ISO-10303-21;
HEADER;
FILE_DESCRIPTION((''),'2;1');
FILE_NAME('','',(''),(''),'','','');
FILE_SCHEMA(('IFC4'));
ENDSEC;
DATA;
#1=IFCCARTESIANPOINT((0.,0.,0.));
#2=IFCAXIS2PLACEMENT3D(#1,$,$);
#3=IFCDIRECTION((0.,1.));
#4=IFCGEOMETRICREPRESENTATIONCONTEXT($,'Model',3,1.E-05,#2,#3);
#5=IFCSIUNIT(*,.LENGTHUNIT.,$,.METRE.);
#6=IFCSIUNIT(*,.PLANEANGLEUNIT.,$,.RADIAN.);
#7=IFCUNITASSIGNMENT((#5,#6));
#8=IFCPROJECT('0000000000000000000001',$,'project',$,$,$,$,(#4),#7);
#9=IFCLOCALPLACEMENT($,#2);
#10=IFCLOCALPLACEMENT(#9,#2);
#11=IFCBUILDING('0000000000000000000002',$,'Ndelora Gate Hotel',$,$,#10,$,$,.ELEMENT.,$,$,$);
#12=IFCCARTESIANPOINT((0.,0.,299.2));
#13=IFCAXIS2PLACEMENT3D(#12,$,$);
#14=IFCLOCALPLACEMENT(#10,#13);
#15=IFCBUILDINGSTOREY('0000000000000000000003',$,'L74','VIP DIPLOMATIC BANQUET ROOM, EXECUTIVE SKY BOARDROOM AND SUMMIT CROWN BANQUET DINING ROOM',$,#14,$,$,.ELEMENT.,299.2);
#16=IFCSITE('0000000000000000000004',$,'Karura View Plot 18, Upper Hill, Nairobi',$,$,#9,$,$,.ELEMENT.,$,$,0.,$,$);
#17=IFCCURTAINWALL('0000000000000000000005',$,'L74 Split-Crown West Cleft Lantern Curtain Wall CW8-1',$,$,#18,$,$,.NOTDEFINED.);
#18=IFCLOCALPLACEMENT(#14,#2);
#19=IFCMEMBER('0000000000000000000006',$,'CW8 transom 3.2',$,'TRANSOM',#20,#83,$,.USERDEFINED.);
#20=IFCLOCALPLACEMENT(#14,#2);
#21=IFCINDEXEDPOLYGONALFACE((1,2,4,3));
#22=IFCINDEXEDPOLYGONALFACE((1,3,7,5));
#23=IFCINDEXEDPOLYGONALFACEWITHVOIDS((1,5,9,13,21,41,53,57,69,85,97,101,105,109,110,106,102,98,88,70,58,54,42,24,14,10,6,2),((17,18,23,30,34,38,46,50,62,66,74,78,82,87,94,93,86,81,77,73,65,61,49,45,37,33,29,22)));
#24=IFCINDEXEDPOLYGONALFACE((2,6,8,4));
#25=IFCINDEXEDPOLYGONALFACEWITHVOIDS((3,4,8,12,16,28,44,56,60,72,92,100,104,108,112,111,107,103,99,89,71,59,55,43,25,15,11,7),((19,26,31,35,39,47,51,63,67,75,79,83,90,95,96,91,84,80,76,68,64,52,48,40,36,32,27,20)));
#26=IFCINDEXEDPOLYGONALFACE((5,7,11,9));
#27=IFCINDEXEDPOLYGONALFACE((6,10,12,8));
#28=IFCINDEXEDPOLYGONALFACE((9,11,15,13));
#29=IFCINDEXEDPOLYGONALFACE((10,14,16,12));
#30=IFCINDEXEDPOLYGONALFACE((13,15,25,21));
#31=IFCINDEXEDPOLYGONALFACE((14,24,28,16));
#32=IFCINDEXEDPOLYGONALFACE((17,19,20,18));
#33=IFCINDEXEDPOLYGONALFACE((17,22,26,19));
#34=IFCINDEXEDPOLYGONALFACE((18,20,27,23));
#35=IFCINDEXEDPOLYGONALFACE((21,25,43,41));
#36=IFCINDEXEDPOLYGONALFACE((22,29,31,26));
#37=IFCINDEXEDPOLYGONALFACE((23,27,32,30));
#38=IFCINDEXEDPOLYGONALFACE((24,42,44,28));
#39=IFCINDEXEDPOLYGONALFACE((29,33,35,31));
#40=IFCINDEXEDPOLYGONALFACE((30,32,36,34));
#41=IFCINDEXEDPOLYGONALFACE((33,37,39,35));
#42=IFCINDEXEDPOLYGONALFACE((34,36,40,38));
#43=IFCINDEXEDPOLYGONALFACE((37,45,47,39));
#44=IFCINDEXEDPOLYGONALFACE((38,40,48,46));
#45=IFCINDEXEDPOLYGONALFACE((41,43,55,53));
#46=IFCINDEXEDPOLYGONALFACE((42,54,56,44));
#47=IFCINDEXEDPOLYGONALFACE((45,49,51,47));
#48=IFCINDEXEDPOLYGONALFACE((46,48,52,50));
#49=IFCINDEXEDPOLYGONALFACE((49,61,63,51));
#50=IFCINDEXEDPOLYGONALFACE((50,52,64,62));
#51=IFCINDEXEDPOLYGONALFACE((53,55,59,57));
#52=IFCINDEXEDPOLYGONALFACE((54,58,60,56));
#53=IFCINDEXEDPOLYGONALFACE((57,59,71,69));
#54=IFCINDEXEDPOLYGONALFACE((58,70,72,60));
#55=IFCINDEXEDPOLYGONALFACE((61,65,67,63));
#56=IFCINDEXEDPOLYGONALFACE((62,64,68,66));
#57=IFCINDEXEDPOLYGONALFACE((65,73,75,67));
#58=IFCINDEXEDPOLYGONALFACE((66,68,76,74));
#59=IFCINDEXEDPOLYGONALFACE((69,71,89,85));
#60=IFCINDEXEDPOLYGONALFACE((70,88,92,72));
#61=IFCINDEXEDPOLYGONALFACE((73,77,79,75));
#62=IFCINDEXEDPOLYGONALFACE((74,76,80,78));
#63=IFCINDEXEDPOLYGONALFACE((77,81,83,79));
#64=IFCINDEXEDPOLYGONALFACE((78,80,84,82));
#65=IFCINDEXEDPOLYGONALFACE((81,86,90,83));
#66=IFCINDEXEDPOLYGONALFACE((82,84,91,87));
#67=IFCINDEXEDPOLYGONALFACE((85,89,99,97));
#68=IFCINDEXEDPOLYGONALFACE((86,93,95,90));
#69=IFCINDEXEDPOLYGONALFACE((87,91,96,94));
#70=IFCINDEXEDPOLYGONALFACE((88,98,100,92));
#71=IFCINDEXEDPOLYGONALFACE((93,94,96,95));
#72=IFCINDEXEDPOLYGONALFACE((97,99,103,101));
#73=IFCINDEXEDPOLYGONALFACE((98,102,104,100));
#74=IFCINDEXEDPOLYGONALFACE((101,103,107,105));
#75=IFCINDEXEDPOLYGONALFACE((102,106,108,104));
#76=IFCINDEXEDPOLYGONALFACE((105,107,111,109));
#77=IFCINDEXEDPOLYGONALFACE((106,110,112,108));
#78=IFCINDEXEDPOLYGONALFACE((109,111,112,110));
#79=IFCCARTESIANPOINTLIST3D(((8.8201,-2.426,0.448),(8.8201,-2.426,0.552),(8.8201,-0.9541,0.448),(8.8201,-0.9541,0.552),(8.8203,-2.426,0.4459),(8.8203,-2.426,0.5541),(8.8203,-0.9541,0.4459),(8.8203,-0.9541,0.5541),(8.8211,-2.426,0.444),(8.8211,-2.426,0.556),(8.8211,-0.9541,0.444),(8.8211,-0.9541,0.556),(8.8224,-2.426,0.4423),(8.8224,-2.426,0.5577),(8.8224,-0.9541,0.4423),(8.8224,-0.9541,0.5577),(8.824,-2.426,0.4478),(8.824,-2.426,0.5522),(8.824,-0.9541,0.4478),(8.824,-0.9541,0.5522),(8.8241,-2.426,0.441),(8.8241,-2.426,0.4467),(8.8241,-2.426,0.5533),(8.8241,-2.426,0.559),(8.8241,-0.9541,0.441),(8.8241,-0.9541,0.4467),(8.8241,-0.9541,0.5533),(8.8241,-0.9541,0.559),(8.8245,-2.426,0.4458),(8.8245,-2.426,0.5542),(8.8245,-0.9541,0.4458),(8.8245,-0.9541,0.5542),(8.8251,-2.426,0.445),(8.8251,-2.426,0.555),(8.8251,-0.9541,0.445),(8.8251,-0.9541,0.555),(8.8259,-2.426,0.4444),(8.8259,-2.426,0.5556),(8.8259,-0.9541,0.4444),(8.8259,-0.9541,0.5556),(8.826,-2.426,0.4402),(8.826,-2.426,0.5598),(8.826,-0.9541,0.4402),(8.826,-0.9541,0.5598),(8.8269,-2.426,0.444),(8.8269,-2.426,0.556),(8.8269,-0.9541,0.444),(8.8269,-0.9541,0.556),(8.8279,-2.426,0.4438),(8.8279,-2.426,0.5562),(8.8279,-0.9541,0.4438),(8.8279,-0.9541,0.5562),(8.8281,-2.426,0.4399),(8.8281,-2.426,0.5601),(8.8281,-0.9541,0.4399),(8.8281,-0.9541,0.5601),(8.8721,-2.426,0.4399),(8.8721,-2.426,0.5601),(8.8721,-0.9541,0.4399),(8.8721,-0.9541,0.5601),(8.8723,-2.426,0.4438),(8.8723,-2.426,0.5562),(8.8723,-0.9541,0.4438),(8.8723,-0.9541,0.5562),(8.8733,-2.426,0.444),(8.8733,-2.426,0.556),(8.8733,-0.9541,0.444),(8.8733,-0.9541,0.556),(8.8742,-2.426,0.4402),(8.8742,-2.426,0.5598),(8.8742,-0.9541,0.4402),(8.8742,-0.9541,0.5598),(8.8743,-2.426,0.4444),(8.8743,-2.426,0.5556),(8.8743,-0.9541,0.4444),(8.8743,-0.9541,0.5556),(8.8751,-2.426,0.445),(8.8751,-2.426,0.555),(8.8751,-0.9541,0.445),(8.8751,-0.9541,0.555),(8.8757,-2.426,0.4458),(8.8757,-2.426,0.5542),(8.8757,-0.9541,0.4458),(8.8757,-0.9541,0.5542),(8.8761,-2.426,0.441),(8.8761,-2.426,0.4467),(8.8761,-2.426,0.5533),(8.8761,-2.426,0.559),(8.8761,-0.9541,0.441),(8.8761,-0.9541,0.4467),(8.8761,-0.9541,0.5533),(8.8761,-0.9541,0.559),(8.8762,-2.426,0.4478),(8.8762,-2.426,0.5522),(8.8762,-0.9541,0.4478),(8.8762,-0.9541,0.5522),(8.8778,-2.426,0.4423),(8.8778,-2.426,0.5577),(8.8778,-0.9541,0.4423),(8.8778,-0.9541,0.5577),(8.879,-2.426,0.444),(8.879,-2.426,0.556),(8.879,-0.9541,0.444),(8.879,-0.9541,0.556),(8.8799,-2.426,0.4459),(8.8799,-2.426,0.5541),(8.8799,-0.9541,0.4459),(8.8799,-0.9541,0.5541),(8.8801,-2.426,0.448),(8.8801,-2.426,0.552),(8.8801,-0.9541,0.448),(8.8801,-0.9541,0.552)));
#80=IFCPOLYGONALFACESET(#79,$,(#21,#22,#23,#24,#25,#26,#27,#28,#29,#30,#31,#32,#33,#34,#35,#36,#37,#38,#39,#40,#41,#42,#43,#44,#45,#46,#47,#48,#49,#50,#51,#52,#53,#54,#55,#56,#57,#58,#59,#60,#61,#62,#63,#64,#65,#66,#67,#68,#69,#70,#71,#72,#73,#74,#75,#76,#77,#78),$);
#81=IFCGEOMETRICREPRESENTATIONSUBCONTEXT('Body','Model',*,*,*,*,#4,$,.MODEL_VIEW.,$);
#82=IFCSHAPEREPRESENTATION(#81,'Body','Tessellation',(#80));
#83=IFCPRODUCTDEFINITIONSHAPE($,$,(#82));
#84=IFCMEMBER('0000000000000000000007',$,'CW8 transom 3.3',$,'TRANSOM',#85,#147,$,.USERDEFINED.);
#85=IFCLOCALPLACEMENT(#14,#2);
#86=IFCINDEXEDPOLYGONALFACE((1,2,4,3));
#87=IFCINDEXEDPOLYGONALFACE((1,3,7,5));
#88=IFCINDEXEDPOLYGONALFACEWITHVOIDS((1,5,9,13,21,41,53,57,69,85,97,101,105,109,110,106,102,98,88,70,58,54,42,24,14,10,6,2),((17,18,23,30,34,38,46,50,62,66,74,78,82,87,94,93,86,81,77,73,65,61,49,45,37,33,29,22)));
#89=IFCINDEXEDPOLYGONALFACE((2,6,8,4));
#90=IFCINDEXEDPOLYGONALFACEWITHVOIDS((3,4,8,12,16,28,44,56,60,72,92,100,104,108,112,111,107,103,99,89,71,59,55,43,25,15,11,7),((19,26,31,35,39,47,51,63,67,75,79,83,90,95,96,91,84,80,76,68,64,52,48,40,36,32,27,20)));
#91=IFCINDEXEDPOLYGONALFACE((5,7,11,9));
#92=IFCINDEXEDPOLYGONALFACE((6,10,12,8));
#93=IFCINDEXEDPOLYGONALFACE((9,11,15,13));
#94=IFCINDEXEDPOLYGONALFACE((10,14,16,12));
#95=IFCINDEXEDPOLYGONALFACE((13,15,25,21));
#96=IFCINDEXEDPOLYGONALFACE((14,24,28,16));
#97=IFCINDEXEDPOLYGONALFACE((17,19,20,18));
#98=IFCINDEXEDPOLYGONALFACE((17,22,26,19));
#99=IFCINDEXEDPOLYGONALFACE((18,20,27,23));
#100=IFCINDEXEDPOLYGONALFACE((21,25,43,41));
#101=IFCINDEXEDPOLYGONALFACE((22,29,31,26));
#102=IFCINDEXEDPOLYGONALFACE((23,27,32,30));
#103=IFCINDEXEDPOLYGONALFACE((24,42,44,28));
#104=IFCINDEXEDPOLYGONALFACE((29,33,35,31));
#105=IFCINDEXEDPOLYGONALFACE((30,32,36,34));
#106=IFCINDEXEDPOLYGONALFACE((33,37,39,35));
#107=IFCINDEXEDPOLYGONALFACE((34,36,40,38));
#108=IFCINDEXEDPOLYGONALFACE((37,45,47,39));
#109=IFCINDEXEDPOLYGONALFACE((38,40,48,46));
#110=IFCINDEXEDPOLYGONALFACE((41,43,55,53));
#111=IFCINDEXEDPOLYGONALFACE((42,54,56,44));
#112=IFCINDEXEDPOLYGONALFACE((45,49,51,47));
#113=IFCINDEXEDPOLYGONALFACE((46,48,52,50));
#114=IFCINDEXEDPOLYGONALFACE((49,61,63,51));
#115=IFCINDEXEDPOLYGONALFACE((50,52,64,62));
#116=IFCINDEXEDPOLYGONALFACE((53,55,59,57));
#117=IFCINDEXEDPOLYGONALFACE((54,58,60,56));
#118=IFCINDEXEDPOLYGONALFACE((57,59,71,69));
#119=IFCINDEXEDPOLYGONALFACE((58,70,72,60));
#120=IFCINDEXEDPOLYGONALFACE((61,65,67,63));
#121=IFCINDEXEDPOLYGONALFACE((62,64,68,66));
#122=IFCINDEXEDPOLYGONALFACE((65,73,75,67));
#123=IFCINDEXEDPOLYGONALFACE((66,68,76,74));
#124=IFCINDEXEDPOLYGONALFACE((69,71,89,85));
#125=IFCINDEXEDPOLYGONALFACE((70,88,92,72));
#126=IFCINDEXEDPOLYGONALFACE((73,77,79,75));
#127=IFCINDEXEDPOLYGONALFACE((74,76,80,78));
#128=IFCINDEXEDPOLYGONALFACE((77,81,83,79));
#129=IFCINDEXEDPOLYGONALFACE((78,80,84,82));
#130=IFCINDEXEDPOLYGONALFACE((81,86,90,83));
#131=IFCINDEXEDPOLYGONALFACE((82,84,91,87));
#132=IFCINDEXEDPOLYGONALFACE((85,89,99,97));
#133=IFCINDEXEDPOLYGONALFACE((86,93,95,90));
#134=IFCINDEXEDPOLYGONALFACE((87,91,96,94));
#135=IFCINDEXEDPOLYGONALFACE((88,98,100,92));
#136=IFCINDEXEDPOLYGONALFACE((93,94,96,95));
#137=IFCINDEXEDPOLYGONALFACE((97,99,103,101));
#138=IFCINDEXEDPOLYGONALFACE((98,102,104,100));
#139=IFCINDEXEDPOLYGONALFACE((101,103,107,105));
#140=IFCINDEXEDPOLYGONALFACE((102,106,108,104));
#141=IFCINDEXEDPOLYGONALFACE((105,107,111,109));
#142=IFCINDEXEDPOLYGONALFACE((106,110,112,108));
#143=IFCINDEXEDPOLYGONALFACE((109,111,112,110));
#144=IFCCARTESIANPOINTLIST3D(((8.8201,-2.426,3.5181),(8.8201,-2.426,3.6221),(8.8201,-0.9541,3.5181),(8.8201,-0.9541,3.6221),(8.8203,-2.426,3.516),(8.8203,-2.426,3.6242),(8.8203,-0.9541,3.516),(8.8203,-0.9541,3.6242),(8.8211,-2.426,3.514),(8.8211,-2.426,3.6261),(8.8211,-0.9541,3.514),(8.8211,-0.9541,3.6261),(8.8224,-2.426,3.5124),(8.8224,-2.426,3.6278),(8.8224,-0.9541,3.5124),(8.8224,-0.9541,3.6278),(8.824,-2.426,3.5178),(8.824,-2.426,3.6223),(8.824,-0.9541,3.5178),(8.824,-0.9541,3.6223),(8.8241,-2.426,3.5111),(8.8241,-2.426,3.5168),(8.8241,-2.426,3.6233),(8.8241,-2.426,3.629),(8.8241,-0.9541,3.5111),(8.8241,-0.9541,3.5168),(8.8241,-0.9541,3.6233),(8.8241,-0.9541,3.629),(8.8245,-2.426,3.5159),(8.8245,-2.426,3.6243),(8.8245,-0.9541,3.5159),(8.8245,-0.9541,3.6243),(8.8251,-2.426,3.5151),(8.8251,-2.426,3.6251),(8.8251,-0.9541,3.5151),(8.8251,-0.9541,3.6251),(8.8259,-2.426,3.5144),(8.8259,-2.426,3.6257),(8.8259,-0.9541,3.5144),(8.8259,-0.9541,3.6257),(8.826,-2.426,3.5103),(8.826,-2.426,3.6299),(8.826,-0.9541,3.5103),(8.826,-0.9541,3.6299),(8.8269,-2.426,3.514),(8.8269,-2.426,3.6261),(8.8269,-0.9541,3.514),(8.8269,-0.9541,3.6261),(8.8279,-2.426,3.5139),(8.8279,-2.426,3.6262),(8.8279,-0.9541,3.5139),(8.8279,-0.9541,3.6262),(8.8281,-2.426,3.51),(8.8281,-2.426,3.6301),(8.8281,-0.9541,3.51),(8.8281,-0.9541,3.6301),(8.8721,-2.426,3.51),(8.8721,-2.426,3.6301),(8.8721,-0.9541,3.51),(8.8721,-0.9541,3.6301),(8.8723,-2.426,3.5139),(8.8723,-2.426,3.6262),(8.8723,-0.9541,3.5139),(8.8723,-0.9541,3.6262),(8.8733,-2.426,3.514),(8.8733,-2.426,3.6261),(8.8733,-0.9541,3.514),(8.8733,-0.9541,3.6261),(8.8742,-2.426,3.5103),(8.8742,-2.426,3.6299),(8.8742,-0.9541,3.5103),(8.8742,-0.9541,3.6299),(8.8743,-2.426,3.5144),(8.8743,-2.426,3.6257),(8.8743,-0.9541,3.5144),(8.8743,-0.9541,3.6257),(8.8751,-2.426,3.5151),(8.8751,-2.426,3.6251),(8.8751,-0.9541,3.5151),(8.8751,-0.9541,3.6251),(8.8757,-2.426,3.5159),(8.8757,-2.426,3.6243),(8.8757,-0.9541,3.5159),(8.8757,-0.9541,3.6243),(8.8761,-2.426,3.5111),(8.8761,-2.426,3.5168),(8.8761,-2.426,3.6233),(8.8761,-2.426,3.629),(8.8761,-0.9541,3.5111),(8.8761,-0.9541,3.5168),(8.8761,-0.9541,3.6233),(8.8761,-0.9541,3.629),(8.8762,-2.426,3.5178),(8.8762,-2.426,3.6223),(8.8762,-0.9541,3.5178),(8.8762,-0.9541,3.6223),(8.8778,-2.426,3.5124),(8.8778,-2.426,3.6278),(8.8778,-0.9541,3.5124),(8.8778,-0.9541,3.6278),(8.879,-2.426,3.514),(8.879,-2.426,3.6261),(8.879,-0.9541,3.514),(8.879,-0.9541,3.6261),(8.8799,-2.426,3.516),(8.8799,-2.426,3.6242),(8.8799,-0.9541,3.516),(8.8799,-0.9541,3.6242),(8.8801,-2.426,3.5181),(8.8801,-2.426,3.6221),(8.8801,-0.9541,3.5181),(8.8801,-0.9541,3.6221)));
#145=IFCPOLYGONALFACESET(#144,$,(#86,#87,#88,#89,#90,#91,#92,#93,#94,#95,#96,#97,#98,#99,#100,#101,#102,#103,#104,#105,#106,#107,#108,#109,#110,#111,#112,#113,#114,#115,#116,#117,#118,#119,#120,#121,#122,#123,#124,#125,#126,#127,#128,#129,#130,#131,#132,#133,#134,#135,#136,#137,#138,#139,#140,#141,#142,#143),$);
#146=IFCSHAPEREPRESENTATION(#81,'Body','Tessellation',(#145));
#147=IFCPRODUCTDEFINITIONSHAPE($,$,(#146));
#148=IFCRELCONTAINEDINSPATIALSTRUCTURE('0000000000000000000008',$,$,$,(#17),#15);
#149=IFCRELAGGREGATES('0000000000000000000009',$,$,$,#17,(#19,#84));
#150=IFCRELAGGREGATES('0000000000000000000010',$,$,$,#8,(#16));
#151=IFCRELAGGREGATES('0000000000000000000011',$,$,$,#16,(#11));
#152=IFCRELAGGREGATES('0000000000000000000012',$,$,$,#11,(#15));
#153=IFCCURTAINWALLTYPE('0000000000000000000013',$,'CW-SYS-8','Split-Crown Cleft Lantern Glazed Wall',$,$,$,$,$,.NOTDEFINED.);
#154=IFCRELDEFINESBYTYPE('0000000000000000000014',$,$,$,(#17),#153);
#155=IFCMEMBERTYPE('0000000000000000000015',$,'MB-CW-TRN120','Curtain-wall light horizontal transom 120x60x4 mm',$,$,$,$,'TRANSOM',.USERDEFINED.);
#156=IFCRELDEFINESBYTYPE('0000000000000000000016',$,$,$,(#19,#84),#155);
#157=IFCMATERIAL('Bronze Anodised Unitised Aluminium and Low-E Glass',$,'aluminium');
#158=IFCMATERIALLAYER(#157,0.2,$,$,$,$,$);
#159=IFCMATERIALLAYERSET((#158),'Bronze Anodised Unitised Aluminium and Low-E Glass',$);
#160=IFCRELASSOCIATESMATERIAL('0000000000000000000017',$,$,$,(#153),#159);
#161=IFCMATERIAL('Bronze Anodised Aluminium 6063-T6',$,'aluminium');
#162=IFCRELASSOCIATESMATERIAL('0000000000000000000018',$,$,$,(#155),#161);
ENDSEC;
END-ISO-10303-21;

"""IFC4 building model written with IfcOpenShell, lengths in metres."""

from ifc_helpers import new_model, si_unit, direction, frame, origin, origin_2d, place, context, subcontext, project, spatial, hollow_rectangle, extrude, material, layer, layer_set, material_profile, profile_set, type_object, element, aggregate, save


model = new_model("IFC4")

# Units and contexts
model_context = context("Model", 3, precision=1e-05, world=origin(), true_north=direction((0.0, 1.0)))
body_context = subcontext(model_context, "Body", "Model", "MODEL_VIEW")
ifc_project = project(units=[si_unit("LENGTHUNIT", "METRE"), si_unit("PLANEANGLEUNIT", "RADIAN")], contexts=[model_context])

# Site, building, storey
site_placement = place(None, origin())
site = spatial("IfcSite", under=ifc_project, at=site_placement, Name="Karura View Plot 18, Upper Hill, Nairobi", CompositionType="ELEMENT", RefElevation=0.0)
building_placement = place(site_placement, origin())
building = spatial("IfcBuilding", under=site, at=building_placement, Name="Ndelora Gate Hotel", CompositionType="ELEMENT")
storey_placement = place(building_placement, frame((0.0, 0.0, 299.2)))
storey = spatial("IfcBuildingStorey", under=building, at=storey_placement, Name="L74", Description="VIP DIPLOMATIC BANQUET ROOM, EXECUTIVE SKY BOARDROOM AND SUMMIT CROWN BANQUET DINING ROOM", CompositionType="ELEMENT", Elevation=299.2)

# Curtain wall, members
ifc_material_1 = material(Name="Bronze Anodised Unitised Aluminium and Low-E Glass", Category="aluminium")
ifc_layer_1 = layer(ifc_material_1, 0.2)
ifc_layer_set_1 = layer_set([ifc_layer_1], Name="Bronze Anodised Unitised Aluminium and Low-E Glass")
curtain_wall_type = type_object("IfcCurtainWallType", Name="CW-SYS-8", Description="Split-Crown Cleft Lantern Glazed Wall", PredefinedType="NOTDEFINED", material=ifc_layer_set_1)
curtain_wall_placement = place(storey_placement, origin())
curtain_wall = element("IfcCurtainWall", 1, at=curtain_wall_placement, inside=storey, type_object=curtain_wall_type, Name="L74 Split-Crown West Cleft Lantern Curtain Wall CW8-1", PredefinedType="NOTDEFINED")
ifc_material_2 = material(Name="Bronze Anodised Aluminium 6063-T6", Category="aluminium")
ifc_material_profile_1 = material_profile(ifc_material_2, hollow_rectangle(XDim=0.0601, YDim=0.1201, WallThickness=0.0039, InnerFilletRadius=0.0039, OuterFilletRadius=0.0081, at=origin_2d()), Name="ALU 120x60x4")
ifc_profile_set_1 = profile_set([ifc_material_profile_1], Name="Bronze Anodised Aluminium 6063-T6")
member_type_1 = type_object("IfcMemberType", Name="MB-CW-TRN120", Description="Curtain-wall light horizontal transom 120x60x4 mm", ElementType="TRANSOM", PredefinedType="USERDEFINED", material=ifc_profile_set_1)
member_1_placement = place(storey_placement, frame((8.8501, -2.426, 0.5), z_axis=(0.0, 1.0, 0.0), x_axis=(-1.0, 0.0, 0.0)))
member_1 = element("IfcMember", 2, at=member_1_placement, type_object=member_type_1, Name="CW8 transom 3.2", ObjectType="TRANSOM", PredefinedType="USERDEFINED", context=body_context, shape_type="SweptSolid", body=[
    extrude(hollow_rectangle(XDim=0.0601, YDim=0.1201, WallThickness=0.0039, InnerFilletRadius=0.0039, OuterFilletRadius=0.0081, at=origin_2d()), origin(), (0.0, 0.0, 1.0), 1.4719),
])
member_2_placement = place(storey_placement, frame((8.8501, -2.426, 3.5701), z_axis=(0.0, 1.0, 0.0), x_axis=(-1.0, 0.0, 0.0)))
member_2 = element("IfcMember", 3, at=member_2_placement, type_object=member_type_1, Name="CW8 transom 3.3", ObjectType="TRANSOM", PredefinedType="USERDEFINED", context=body_context, shape_type="SweptSolid", body=[
    extrude(hollow_rectangle(XDim=0.0601, YDim=0.1201, WallThickness=0.0039, InnerFilletRadius=0.0039, OuterFilletRadius=0.0081, at=origin_2d()), origin(), (0.0, 0.0, 1.0), 1.4719),
])
aggregate(curtain_wall, [member_1, member_2])

save(model, "model.ifc")
